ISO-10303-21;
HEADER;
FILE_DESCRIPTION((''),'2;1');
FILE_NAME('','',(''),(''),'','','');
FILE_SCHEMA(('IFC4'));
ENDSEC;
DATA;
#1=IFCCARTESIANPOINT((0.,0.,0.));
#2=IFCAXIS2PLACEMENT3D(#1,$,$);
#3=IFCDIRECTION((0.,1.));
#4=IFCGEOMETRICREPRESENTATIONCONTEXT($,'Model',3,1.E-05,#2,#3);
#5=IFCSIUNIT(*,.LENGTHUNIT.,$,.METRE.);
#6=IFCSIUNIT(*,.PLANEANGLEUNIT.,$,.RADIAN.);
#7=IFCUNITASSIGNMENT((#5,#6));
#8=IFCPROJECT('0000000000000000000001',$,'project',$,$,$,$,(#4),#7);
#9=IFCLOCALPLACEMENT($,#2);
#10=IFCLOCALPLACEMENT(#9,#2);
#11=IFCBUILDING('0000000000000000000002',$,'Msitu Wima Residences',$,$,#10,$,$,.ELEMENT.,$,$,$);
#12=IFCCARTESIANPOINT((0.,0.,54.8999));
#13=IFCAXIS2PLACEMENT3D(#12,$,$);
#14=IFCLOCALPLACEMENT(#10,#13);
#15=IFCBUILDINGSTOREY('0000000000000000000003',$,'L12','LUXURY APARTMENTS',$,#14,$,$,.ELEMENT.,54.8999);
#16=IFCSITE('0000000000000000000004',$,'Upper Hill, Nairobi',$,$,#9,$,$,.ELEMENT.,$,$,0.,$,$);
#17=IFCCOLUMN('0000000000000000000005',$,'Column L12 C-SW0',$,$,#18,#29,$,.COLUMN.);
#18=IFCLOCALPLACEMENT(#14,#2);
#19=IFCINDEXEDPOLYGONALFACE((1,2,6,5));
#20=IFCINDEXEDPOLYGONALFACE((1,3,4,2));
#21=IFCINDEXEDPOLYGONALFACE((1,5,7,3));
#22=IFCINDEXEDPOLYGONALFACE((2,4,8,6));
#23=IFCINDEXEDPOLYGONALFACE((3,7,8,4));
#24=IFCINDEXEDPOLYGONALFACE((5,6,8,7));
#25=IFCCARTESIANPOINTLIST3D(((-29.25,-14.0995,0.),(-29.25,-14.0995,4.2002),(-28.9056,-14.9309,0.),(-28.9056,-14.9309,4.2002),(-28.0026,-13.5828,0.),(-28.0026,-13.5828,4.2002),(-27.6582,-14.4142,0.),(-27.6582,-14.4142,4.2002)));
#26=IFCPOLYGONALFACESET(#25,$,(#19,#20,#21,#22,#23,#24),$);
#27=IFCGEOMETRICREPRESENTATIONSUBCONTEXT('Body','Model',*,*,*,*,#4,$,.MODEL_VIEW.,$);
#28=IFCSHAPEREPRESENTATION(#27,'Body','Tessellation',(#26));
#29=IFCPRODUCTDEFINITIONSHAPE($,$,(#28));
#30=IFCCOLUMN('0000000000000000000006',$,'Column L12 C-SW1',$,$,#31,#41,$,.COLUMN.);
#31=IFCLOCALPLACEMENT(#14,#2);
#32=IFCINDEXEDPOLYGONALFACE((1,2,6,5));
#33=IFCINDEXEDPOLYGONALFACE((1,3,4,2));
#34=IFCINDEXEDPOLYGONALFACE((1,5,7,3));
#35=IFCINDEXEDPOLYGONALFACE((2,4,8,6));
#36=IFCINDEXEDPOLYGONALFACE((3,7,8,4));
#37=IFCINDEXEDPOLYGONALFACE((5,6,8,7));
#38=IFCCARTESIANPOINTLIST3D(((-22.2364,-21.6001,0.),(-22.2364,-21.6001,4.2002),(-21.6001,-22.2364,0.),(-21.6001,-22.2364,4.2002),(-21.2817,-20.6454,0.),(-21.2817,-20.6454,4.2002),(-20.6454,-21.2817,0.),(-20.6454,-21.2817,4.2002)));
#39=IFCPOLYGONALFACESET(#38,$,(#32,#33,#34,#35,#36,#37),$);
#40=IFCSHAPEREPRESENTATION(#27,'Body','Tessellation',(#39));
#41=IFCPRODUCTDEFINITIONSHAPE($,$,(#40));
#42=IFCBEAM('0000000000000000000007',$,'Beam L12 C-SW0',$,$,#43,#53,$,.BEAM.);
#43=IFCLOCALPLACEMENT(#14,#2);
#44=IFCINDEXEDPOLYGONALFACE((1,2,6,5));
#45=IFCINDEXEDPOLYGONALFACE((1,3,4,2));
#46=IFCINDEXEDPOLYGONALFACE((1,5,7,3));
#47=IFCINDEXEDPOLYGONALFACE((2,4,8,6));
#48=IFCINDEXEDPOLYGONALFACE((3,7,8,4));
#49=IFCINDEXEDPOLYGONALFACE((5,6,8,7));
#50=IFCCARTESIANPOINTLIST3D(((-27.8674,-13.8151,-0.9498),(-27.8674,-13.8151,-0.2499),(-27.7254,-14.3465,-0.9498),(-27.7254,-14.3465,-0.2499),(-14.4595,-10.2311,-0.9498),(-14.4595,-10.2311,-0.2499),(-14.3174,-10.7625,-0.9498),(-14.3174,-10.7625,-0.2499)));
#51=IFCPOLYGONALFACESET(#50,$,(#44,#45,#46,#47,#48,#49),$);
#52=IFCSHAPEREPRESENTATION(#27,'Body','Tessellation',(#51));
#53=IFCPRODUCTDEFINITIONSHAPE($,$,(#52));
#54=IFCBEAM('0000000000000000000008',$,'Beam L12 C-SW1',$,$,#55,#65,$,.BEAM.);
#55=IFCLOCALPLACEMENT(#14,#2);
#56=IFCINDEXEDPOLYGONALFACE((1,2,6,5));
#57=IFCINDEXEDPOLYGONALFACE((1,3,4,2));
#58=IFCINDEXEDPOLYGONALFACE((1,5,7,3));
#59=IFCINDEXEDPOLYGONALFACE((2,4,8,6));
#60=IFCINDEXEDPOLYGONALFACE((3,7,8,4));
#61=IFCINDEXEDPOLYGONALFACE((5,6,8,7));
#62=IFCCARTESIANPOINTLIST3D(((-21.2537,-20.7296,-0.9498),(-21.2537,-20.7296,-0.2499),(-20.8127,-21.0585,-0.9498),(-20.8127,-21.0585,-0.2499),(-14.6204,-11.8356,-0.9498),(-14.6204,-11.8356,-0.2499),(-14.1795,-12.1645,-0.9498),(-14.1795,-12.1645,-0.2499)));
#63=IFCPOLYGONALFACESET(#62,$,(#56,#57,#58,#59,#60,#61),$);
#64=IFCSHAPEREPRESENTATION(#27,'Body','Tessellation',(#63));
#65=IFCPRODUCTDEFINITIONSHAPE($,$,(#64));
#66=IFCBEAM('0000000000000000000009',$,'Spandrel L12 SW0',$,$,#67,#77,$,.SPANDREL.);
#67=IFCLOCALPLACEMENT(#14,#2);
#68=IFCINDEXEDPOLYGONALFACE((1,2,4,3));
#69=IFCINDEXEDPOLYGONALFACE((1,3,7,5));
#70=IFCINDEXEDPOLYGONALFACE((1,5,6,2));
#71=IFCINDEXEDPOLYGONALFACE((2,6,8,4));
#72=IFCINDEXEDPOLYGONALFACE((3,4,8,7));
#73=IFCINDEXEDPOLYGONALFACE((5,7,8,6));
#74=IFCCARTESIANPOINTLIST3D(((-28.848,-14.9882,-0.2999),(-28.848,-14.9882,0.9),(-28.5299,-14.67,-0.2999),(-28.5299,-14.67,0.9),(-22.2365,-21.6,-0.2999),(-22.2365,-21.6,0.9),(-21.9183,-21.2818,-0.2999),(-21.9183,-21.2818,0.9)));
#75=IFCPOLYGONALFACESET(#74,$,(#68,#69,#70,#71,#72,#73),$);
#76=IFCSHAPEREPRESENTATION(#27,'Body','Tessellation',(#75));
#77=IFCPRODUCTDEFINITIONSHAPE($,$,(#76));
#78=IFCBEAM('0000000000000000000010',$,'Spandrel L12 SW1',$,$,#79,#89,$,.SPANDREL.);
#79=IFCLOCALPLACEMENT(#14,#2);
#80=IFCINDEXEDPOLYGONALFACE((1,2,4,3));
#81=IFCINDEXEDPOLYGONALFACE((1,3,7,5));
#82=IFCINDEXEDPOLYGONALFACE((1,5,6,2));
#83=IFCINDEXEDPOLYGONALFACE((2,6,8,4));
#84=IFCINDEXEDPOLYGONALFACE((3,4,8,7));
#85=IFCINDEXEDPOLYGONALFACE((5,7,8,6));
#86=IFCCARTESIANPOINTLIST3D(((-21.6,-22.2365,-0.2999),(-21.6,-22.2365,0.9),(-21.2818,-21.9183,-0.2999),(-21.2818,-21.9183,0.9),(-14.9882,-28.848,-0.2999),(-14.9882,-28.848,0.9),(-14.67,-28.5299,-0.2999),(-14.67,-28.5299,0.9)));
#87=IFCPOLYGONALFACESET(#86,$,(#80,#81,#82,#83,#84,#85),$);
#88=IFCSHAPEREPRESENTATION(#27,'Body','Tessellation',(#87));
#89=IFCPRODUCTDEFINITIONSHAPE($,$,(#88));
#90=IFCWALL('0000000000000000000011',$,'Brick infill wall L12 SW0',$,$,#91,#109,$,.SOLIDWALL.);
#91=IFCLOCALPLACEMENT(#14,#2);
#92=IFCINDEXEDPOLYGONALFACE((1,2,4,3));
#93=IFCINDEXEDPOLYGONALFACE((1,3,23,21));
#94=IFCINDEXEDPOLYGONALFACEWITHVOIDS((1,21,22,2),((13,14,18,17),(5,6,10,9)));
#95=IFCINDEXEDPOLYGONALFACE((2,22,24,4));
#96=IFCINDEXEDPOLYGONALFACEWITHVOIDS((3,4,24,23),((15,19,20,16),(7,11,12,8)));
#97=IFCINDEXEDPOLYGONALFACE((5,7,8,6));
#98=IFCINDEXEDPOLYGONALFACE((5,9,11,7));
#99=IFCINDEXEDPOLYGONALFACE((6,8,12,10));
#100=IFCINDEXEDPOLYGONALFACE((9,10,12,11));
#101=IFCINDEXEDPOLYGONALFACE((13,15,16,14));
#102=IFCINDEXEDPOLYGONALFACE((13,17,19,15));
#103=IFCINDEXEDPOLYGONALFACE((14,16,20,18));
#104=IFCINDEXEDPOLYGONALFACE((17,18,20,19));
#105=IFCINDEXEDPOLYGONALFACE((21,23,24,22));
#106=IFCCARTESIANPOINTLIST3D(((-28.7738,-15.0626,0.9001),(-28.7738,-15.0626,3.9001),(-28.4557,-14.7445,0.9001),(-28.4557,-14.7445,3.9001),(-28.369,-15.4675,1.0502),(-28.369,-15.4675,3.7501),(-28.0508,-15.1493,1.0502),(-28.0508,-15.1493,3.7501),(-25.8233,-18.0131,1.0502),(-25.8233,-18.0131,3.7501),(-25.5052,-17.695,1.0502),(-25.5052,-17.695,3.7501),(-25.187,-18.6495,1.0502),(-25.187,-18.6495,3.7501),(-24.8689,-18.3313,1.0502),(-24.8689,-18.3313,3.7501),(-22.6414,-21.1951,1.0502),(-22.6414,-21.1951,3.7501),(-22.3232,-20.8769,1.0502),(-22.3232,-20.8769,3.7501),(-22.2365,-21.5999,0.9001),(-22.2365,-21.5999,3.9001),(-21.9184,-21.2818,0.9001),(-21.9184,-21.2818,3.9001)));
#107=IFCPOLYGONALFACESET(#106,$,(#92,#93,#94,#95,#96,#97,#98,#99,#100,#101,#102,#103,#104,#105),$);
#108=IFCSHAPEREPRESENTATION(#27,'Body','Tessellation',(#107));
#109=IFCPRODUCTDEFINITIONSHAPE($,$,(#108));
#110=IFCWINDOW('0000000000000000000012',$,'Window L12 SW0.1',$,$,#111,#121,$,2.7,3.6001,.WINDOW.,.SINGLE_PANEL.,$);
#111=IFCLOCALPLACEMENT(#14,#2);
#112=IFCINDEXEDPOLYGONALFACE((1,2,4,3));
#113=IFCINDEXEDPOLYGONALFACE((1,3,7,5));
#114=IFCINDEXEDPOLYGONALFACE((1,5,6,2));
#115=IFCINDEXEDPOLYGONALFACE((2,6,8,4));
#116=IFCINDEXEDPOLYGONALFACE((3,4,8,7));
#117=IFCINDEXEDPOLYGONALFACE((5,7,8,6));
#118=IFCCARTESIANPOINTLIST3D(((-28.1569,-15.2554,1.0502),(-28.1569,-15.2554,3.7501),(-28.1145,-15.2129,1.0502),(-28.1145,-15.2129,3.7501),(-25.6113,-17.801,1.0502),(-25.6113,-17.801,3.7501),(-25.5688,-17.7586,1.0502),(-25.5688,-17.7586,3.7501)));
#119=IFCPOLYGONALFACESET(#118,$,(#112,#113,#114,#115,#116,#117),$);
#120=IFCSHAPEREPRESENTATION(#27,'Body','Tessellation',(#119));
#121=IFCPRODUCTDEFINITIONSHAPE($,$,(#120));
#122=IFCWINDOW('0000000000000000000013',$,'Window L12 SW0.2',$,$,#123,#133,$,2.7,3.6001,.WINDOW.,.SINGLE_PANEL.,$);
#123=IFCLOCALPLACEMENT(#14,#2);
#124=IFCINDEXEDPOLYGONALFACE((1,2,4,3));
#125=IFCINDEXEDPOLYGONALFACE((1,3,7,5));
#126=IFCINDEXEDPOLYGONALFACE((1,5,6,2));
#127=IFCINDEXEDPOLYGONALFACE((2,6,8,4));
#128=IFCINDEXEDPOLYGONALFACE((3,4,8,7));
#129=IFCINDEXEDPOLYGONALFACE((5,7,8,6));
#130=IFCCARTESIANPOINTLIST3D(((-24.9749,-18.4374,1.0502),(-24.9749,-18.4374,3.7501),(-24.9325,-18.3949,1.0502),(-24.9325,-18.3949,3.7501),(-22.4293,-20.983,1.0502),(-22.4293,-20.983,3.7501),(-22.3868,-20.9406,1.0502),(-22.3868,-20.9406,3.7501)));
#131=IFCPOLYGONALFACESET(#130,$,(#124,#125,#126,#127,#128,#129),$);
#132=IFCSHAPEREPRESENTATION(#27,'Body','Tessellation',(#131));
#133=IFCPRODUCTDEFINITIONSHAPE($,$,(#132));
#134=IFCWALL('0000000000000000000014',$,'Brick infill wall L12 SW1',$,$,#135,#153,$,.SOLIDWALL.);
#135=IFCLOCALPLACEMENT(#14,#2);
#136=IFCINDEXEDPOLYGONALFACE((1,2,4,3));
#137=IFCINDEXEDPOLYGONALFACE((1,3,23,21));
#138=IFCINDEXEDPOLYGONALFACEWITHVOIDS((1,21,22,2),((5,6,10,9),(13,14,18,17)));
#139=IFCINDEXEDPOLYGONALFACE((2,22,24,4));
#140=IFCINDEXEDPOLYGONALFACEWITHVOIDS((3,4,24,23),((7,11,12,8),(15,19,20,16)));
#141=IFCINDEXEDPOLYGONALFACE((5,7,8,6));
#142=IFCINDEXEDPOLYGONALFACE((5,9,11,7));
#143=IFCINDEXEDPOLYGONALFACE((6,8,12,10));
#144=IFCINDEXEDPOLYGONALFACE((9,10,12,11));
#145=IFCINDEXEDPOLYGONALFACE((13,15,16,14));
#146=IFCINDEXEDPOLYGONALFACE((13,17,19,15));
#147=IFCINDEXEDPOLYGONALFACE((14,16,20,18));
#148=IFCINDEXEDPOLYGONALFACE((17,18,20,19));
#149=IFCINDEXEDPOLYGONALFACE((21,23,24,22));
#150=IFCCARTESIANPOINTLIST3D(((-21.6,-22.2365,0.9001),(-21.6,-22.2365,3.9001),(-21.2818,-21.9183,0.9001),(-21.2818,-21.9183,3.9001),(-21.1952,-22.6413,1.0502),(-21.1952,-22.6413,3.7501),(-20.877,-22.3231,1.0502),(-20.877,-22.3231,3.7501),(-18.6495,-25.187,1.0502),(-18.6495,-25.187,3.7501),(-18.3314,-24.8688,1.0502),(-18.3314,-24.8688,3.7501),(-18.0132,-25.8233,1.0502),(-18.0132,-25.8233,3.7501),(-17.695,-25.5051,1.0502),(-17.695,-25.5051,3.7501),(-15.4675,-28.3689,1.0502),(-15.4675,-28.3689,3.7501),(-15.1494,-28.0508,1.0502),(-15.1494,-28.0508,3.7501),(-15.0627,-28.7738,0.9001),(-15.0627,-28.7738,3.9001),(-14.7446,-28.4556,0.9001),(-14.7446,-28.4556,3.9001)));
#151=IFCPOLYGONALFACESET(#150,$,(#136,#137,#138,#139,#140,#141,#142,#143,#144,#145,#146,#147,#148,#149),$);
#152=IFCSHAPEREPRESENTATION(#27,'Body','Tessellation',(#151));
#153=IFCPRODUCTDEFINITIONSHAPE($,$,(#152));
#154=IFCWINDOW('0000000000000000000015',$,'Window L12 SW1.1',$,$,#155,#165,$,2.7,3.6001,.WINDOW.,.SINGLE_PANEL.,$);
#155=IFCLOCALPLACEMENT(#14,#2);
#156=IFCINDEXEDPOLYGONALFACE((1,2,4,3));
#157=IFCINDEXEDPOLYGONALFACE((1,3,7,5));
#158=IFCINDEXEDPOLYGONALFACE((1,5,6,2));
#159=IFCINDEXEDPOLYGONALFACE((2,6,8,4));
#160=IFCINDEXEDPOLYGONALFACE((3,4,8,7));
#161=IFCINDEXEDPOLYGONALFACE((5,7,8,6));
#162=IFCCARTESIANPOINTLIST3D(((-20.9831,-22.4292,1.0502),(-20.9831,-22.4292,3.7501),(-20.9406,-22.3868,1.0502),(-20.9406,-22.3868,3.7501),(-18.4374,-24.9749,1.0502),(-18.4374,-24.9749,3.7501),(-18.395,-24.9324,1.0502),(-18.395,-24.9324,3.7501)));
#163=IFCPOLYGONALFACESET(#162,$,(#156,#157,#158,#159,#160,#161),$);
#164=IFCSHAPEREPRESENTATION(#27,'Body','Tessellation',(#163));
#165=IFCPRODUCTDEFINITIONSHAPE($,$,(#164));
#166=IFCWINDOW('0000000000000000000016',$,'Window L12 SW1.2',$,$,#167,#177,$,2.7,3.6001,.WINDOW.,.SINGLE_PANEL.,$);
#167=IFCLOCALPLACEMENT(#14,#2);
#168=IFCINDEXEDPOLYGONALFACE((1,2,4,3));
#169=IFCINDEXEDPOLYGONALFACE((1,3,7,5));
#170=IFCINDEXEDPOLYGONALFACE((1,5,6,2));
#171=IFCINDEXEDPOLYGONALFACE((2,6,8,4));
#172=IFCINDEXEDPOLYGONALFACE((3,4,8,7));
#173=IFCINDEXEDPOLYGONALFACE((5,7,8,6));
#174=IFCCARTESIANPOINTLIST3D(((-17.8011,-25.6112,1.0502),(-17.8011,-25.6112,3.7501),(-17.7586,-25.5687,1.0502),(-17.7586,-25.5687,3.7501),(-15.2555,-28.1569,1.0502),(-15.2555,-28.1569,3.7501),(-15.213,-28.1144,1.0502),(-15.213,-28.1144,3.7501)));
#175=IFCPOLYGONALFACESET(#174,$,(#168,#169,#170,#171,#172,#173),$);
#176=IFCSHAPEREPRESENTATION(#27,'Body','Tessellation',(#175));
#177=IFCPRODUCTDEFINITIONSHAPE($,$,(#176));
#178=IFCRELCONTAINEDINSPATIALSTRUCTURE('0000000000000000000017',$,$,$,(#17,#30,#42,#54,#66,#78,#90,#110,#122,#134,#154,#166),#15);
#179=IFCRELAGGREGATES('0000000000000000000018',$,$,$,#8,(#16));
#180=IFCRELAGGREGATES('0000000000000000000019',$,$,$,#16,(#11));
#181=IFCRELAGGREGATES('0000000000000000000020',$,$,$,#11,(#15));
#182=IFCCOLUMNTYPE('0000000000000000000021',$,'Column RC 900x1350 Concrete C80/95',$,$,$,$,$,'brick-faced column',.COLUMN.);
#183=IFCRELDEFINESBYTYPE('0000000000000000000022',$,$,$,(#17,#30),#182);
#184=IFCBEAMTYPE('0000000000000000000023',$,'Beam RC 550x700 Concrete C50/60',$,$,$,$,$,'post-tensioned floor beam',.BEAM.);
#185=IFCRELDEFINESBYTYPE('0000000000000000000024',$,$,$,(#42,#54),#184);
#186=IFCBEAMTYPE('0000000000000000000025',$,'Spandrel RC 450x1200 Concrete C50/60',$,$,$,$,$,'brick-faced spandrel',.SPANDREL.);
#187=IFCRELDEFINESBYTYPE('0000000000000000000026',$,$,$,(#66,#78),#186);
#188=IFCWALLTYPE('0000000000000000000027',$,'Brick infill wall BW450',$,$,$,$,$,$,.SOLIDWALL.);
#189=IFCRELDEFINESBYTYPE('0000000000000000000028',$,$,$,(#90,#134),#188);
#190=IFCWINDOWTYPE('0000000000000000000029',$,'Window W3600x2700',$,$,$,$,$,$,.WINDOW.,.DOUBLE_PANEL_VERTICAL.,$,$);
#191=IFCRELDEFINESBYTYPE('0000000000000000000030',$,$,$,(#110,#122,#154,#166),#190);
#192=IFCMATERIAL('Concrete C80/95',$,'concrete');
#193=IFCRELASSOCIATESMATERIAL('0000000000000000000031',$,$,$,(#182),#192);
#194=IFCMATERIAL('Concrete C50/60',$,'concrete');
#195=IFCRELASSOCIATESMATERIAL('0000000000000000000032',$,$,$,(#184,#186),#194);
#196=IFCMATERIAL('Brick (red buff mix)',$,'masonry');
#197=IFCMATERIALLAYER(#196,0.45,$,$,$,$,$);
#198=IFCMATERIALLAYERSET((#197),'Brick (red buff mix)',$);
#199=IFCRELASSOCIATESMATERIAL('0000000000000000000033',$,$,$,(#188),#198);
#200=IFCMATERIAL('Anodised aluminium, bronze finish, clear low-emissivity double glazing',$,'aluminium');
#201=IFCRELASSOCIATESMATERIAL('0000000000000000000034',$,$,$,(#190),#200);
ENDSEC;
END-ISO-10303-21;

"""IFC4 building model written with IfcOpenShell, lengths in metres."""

from ifc_helpers import new_model, si_unit, direction, frame, frame_2d, origin, origin_2d, place, context, subcontext, project, spatial, rectangle, extrude, material, layer, layer_set, material_profile, profile_set, type_object, element, fill, save


model = new_model("IFC4")

# Units and contexts
model_context = context("Model", 3, precision=1e-05, world=origin(), true_north=direction((0.0, 1.0)))
body_context = subcontext(model_context, "Body", "Model", "MODEL_VIEW")
ifc_project = project(units=[si_unit("LENGTHUNIT", "METRE"), si_unit("PLANEANGLEUNIT", "RADIAN")], contexts=[model_context])

# Site, building, storey
site_placement = place(None, origin())
site = spatial("IfcSite", under=ifc_project, at=site_placement, Name="Upper Hill, Nairobi", CompositionType="ELEMENT", RefElevation=0.0)
building_placement = place(site_placement, origin())
building = spatial("IfcBuilding", under=site, at=building_placement, Name="Msitu Wima Residences", CompositionType="ELEMENT")
storey_placement = place(building_placement, frame((0.0, 0.0, 54.8999)))
storey = spatial("IfcBuildingStorey", under=building, at=storey_placement, Name="L12", Description="LUXURY APARTMENTS", CompositionType="ELEMENT", Elevation=54.8999)

# Columns
ifc_material_1 = material(Name="Concrete C80/95", Category="concrete")
ifc_material_profile_1 = material_profile(ifc_material_1, rectangle(XDim=0.8999, YDim=1.3501, at=origin_2d()), Name="RC 900x1350")
ifc_profile_set_1 = profile_set([ifc_material_profile_1], Name="Concrete C80/95")
column_type = type_object("IfcColumnType", Name="Column RC 900x1350 Concrete C80/95", ElementType="brick-faced column", PredefinedType="COLUMN", material=ifc_profile_set_1)
for number, where, z_axis, x_axis, name in (
    (1, (-28.4541, -14.2568, 0.0), (0.0, 0.0, 1.0), (0.382683, -0.92388, 0.0), "Column L12 C-SW0"),
    (2, (-21.4409, -21.4409, 0.0), (0.0, 0.0, 1.0), (0.707107, -0.707107, 0.0), "Column L12 C-SW1"),
):
    element("IfcColumn", number, at=place(storey_placement, frame(where, z_axis=z_axis, x_axis=x_axis)), inside=storey, type_object=column_type, Name=name, PredefinedType="COLUMN", context=body_context, shape_type="SweptSolid", body=[
        extrude(rectangle(XDim=0.8999, YDim=1.3501, at=origin_2d()), origin(), (0.0, 0.0, 1.0), 4.2002),
    ])

# Beams
ifc_material_2 = material(Name="Concrete C50/60", Category="concrete")
ifc_material_profile_2 = material_profile(ifc_material_2, rectangle(XDim=0.55, YDim=0.7, at=origin_2d()), Name="RC 550x700")
ifc_profile_set_2 = profile_set([ifc_material_profile_2], Name="Concrete C50/60")
beam_type_1 = type_object("IfcBeamType", Name="Beam RC 550x700 Concrete C50/60", ElementType="post-tensioned floor beam", PredefinedType="BEAM", material=ifc_profile_set_2)
beam_1_placement = place(storey_placement, frame((-27.7964, -14.0808, -0.5999), z_axis=(0.966082, 0.258236, 0.0), x_axis=(-0.258236, 0.966082, 0.0)))
element("IfcBeam", 3, at=beam_1_placement, inside=storey, type_object=beam_type_1, Name="Beam L12 C-SW0", PredefinedType="BEAM", context=body_context, shape_type="SweptSolid", body=[
    extrude(rectangle(XDim=0.55, YDim=0.7, at=origin_2d()), origin(), (0.0, 0.0, 1.0), 13.8787),
])
beam_2_placement = place(storey_placement, frame((-21.0332, -20.894, -0.5999), z_axis=(0.59785, 0.801608, 0.0), x_axis=(-0.801608, 0.59785, 0.0)))
element("IfcBeam", 4, at=beam_2_placement, inside=storey, type_object=beam_type_1, Name="Beam L12 C-SW1", PredefinedType="BEAM", context=body_context, shape_type="SweptSolid", body=[
    extrude(rectangle(XDim=0.55, YDim=0.7, at=origin_2d()), origin(), (0.0, 0.0, 1.0), 11.0952),
])
ifc_material_profile_3 = material_profile(ifc_material_2, rectangle(XDim=0.45, YDim=1.2, at=origin_2d()), Name="RC 450x1200")
ifc_profile_set_3 = profile_set([ifc_material_profile_3], Name="Concrete C50/60")
beam_type_2 = type_object("IfcBeamType", Name="Spandrel RC 450x1200 Concrete C50/60", ElementType="brick-faced spandrel", PredefinedType="SPANDREL", material=ifc_profile_set_3)
for number, where, z_axis, x_axis, name in (
    (5, (-28.689, -14.8291, 0.3), (0.707094, -0.70712, 0.0), (0.70712, 0.707094, 0.0), "Spandrel L12 SW0"),
    (6, (-21.4409, -22.0774, 0.3), (0.70712, -0.707094, 0.0), (0.707094, 0.70712, 0.0), "Spandrel L12 SW1"),
):
    element("IfcBeam", number, at=place(storey_placement, frame(where, z_axis=z_axis, x_axis=x_axis)), inside=storey, type_object=beam_type_2, Name=name, PredefinedType="SPANDREL", context=body_context, shape_type="SweptSolid", body=[
        extrude(rectangle(XDim=0.45, YDim=1.2, at=origin_2d()), origin(), (0.0, 0.0, 1.0), 9.3503),
    ])

# Walls, openings, windows
ifc_material_3 = material(Name="Brick (red buff mix)", Category="masonry")
ifc_layer_1 = layer(ifc_material_3, 0.45)
ifc_layer_set_1 = layer_set([ifc_layer_1], Name="Brick (red buff mix)")
wall_type_1 = type_object("IfcWallType", Name="Brick infill wall BW450", PredefinedType="SOLIDWALL", material=ifc_layer_set_1)
wall_1_placement = place(storey_placement, frame((-28.6147, -14.9036, 0.9001), z_axis=(0.0, 0.0, 1.0), x_axis=(0.707107, -0.707107, 0.0)))
wall_1 = element("IfcWall", 7, at=wall_1_placement, inside=storey, type_object=wall_type_1, Name="Brick infill wall L12 SW0", PredefinedType="SOLIDWALL", context=body_context, shape_type="SweptSolid", body=[
    extrude(rectangle(XDim=9.2451, YDim=0.45, at=frame_2d((4.6226, 0.0))), origin(), (0.0, 0.0, 1.0), 3.0),
])
opening_1_placement = place(wall_1_placement, frame((0.5725, 0.0, 0.1499)))
opening_1 = element("IfcOpeningElement", 8, at=opening_1_placement, cuts=wall_1, PredefinedType="OPENING", context=body_context, shape_type="SweptSolid", body=[
    extrude(rectangle(XDim=3.6001, YDim=2.7, at=frame_2d((1.8, 1.3501))), frame((0.0, 0.2349, 0.0), z_axis=(0.0, -1.0, 0.0), x_axis=(1.0, 0.0, 0.0)), (0.0, 0.0, 1.0), 0.47),
])
opening_2_placement = place(wall_1_placement, frame((5.0725, 0.0, 0.1499)))
opening_2 = element("IfcOpeningElement", 9, at=opening_2_placement, cuts=wall_1, PredefinedType="OPENING", context=body_context, shape_type="SweptSolid", body=[
    extrude(rectangle(XDim=3.6001, YDim=2.7, at=frame_2d((1.8, 1.3501))), frame((0.0, 0.2349, 0.0), z_axis=(0.0, -1.0, 0.0), x_axis=(1.0, 0.0, 0.0)), (0.0, 0.0, 1.0), 0.47),
])
ifc_material_4 = material(Name="Anodised aluminium, bronze finish, clear low-emissivity double glazing", Category="aluminium")
window_type = type_object("IfcWindowType", Name="Window W3600x2700", PartitioningType="DOUBLE_PANEL_VERTICAL", PredefinedType="WINDOW", material=ifc_material_4)
window_1_placement = place(opening_1_placement, origin())
window_1 = element("IfcWindow", 10, at=window_1_placement, inside=storey, type_object=window_type, Name="Window L12 SW0.1", OverallHeight=2.7, OverallWidth=3.6001, PartitioningType="SINGLE_PANEL", PredefinedType="WINDOW", context=body_context, shape_type="SweptSolid", body=[
    extrude(rectangle(XDim=3.6001, YDim=2.7, at=frame_2d((1.8, 1.3501))), frame((0.0, 0.135, 0.0), z_axis=(0.0, -1.0, 0.0), x_axis=(1.0, 0.0, 0.0)), (0.0, 0.0, 1.0), 0.0601),
])
fill(opening_1, window_1)
window_2_placement = place(opening_2_placement, origin())
window_2 = element("IfcWindow", 11, at=window_2_placement, inside=storey, type_object=window_type, Name="Window L12 SW0.2", OverallHeight=2.7, OverallWidth=3.6001, PartitioningType="SINGLE_PANEL", PredefinedType="WINDOW", context=body_context, shape_type="SweptSolid", body=[
    extrude(rectangle(XDim=3.6001, YDim=2.7, at=frame_2d((1.8, 1.3501))), frame((0.0, 0.135, 0.0), z_axis=(0.0, -1.0, 0.0), x_axis=(1.0, 0.0, 0.0)), (0.0, 0.0, 1.0), 0.0601),
])
fill(opening_2, window_2)
wall_2_placement = place(storey_placement, frame((-21.4409, -22.0774, 0.9001), z_axis=(0.0, 0.0, 1.0), x_axis=(0.707107, -0.707107, 0.0)))
wall_2 = element("IfcWall", 12, at=wall_2_placement, inside=storey, type_object=wall_type_1, Name="Brick infill wall L12 SW1", PredefinedType="SOLIDWALL", context=body_context, shape_type="SweptSolid", body=[
    extrude(rectangle(XDim=9.2451, YDim=0.45, at=frame_2d((4.6226, 0.0))), origin(), (0.0, 0.0, 1.0), 3.0),
])
opening_3_placement = place(wall_2_placement, frame((0.5725, 0.0, 0.1499)))
opening_3 = element("IfcOpeningElement", 13, at=opening_3_placement, cuts=wall_2, PredefinedType="OPENING", context=body_context, shape_type="SweptSolid", body=[
    extrude(rectangle(XDim=3.6001, YDim=2.7, at=frame_2d((1.8, 1.3501))), frame((0.0, 0.2349, 0.0), z_axis=(0.0, -1.0, 0.0), x_axis=(1.0, 0.0, 0.0)), (0.0, 0.0, 1.0), 0.47),
])
opening_4_placement = place(wall_2_placement, frame((5.0725, 0.0, 0.1499)))
opening_4 = element("IfcOpeningElement", 14, at=opening_4_placement, cuts=wall_2, PredefinedType="OPENING", context=body_context, shape_type="SweptSolid", body=[
    extrude(rectangle(XDim=3.6001, YDim=2.7, at=frame_2d((1.8, 1.3501))), frame((0.0, 0.2349, 0.0), z_axis=(0.0, -1.0, 0.0), x_axis=(1.0, 0.0, 0.0)), (0.0, 0.0, 1.0), 0.47),
])
window_3_placement = place(opening_3_placement, origin())
window_3 = element("IfcWindow", 15, at=window_3_placement, inside=storey, type_object=window_type, Name="Window L12 SW1.1", OverallHeight=2.7, OverallWidth=3.6001, PartitioningType="SINGLE_PANEL", PredefinedType="WINDOW", context=body_context, shape_type="SweptSolid", body=[
    extrude(rectangle(XDim=3.6001, YDim=2.7, at=frame_2d((1.8, 1.3501))), frame((0.0, 0.135, 0.0), z_axis=(0.0, -1.0, 0.0), x_axis=(1.0, 0.0, 0.0)), (0.0, 0.0, 1.0), 0.0601),
])
fill(opening_3, window_3)
window_4_placement = place(opening_4_placement, origin())
window_4 = element("IfcWindow", 16, at=window_4_placement, inside=storey, type_object=window_type, Name="Window L12 SW1.2", OverallHeight=2.7, OverallWidth=3.6001, PartitioningType="SINGLE_PANEL", PredefinedType="WINDOW", context=body_context, shape_type="SweptSolid", body=[
    extrude(rectangle(XDim=3.6001, YDim=2.7, at=frame_2d((1.8, 1.3501))), frame((0.0, 0.135, 0.0), z_axis=(0.0, -1.0, 0.0), x_axis=(1.0, 0.0, 0.0)), (0.0, 0.0, 1.0), 0.0601),
])
fill(opening_4, window_4)

save(model, "model.ifc")
